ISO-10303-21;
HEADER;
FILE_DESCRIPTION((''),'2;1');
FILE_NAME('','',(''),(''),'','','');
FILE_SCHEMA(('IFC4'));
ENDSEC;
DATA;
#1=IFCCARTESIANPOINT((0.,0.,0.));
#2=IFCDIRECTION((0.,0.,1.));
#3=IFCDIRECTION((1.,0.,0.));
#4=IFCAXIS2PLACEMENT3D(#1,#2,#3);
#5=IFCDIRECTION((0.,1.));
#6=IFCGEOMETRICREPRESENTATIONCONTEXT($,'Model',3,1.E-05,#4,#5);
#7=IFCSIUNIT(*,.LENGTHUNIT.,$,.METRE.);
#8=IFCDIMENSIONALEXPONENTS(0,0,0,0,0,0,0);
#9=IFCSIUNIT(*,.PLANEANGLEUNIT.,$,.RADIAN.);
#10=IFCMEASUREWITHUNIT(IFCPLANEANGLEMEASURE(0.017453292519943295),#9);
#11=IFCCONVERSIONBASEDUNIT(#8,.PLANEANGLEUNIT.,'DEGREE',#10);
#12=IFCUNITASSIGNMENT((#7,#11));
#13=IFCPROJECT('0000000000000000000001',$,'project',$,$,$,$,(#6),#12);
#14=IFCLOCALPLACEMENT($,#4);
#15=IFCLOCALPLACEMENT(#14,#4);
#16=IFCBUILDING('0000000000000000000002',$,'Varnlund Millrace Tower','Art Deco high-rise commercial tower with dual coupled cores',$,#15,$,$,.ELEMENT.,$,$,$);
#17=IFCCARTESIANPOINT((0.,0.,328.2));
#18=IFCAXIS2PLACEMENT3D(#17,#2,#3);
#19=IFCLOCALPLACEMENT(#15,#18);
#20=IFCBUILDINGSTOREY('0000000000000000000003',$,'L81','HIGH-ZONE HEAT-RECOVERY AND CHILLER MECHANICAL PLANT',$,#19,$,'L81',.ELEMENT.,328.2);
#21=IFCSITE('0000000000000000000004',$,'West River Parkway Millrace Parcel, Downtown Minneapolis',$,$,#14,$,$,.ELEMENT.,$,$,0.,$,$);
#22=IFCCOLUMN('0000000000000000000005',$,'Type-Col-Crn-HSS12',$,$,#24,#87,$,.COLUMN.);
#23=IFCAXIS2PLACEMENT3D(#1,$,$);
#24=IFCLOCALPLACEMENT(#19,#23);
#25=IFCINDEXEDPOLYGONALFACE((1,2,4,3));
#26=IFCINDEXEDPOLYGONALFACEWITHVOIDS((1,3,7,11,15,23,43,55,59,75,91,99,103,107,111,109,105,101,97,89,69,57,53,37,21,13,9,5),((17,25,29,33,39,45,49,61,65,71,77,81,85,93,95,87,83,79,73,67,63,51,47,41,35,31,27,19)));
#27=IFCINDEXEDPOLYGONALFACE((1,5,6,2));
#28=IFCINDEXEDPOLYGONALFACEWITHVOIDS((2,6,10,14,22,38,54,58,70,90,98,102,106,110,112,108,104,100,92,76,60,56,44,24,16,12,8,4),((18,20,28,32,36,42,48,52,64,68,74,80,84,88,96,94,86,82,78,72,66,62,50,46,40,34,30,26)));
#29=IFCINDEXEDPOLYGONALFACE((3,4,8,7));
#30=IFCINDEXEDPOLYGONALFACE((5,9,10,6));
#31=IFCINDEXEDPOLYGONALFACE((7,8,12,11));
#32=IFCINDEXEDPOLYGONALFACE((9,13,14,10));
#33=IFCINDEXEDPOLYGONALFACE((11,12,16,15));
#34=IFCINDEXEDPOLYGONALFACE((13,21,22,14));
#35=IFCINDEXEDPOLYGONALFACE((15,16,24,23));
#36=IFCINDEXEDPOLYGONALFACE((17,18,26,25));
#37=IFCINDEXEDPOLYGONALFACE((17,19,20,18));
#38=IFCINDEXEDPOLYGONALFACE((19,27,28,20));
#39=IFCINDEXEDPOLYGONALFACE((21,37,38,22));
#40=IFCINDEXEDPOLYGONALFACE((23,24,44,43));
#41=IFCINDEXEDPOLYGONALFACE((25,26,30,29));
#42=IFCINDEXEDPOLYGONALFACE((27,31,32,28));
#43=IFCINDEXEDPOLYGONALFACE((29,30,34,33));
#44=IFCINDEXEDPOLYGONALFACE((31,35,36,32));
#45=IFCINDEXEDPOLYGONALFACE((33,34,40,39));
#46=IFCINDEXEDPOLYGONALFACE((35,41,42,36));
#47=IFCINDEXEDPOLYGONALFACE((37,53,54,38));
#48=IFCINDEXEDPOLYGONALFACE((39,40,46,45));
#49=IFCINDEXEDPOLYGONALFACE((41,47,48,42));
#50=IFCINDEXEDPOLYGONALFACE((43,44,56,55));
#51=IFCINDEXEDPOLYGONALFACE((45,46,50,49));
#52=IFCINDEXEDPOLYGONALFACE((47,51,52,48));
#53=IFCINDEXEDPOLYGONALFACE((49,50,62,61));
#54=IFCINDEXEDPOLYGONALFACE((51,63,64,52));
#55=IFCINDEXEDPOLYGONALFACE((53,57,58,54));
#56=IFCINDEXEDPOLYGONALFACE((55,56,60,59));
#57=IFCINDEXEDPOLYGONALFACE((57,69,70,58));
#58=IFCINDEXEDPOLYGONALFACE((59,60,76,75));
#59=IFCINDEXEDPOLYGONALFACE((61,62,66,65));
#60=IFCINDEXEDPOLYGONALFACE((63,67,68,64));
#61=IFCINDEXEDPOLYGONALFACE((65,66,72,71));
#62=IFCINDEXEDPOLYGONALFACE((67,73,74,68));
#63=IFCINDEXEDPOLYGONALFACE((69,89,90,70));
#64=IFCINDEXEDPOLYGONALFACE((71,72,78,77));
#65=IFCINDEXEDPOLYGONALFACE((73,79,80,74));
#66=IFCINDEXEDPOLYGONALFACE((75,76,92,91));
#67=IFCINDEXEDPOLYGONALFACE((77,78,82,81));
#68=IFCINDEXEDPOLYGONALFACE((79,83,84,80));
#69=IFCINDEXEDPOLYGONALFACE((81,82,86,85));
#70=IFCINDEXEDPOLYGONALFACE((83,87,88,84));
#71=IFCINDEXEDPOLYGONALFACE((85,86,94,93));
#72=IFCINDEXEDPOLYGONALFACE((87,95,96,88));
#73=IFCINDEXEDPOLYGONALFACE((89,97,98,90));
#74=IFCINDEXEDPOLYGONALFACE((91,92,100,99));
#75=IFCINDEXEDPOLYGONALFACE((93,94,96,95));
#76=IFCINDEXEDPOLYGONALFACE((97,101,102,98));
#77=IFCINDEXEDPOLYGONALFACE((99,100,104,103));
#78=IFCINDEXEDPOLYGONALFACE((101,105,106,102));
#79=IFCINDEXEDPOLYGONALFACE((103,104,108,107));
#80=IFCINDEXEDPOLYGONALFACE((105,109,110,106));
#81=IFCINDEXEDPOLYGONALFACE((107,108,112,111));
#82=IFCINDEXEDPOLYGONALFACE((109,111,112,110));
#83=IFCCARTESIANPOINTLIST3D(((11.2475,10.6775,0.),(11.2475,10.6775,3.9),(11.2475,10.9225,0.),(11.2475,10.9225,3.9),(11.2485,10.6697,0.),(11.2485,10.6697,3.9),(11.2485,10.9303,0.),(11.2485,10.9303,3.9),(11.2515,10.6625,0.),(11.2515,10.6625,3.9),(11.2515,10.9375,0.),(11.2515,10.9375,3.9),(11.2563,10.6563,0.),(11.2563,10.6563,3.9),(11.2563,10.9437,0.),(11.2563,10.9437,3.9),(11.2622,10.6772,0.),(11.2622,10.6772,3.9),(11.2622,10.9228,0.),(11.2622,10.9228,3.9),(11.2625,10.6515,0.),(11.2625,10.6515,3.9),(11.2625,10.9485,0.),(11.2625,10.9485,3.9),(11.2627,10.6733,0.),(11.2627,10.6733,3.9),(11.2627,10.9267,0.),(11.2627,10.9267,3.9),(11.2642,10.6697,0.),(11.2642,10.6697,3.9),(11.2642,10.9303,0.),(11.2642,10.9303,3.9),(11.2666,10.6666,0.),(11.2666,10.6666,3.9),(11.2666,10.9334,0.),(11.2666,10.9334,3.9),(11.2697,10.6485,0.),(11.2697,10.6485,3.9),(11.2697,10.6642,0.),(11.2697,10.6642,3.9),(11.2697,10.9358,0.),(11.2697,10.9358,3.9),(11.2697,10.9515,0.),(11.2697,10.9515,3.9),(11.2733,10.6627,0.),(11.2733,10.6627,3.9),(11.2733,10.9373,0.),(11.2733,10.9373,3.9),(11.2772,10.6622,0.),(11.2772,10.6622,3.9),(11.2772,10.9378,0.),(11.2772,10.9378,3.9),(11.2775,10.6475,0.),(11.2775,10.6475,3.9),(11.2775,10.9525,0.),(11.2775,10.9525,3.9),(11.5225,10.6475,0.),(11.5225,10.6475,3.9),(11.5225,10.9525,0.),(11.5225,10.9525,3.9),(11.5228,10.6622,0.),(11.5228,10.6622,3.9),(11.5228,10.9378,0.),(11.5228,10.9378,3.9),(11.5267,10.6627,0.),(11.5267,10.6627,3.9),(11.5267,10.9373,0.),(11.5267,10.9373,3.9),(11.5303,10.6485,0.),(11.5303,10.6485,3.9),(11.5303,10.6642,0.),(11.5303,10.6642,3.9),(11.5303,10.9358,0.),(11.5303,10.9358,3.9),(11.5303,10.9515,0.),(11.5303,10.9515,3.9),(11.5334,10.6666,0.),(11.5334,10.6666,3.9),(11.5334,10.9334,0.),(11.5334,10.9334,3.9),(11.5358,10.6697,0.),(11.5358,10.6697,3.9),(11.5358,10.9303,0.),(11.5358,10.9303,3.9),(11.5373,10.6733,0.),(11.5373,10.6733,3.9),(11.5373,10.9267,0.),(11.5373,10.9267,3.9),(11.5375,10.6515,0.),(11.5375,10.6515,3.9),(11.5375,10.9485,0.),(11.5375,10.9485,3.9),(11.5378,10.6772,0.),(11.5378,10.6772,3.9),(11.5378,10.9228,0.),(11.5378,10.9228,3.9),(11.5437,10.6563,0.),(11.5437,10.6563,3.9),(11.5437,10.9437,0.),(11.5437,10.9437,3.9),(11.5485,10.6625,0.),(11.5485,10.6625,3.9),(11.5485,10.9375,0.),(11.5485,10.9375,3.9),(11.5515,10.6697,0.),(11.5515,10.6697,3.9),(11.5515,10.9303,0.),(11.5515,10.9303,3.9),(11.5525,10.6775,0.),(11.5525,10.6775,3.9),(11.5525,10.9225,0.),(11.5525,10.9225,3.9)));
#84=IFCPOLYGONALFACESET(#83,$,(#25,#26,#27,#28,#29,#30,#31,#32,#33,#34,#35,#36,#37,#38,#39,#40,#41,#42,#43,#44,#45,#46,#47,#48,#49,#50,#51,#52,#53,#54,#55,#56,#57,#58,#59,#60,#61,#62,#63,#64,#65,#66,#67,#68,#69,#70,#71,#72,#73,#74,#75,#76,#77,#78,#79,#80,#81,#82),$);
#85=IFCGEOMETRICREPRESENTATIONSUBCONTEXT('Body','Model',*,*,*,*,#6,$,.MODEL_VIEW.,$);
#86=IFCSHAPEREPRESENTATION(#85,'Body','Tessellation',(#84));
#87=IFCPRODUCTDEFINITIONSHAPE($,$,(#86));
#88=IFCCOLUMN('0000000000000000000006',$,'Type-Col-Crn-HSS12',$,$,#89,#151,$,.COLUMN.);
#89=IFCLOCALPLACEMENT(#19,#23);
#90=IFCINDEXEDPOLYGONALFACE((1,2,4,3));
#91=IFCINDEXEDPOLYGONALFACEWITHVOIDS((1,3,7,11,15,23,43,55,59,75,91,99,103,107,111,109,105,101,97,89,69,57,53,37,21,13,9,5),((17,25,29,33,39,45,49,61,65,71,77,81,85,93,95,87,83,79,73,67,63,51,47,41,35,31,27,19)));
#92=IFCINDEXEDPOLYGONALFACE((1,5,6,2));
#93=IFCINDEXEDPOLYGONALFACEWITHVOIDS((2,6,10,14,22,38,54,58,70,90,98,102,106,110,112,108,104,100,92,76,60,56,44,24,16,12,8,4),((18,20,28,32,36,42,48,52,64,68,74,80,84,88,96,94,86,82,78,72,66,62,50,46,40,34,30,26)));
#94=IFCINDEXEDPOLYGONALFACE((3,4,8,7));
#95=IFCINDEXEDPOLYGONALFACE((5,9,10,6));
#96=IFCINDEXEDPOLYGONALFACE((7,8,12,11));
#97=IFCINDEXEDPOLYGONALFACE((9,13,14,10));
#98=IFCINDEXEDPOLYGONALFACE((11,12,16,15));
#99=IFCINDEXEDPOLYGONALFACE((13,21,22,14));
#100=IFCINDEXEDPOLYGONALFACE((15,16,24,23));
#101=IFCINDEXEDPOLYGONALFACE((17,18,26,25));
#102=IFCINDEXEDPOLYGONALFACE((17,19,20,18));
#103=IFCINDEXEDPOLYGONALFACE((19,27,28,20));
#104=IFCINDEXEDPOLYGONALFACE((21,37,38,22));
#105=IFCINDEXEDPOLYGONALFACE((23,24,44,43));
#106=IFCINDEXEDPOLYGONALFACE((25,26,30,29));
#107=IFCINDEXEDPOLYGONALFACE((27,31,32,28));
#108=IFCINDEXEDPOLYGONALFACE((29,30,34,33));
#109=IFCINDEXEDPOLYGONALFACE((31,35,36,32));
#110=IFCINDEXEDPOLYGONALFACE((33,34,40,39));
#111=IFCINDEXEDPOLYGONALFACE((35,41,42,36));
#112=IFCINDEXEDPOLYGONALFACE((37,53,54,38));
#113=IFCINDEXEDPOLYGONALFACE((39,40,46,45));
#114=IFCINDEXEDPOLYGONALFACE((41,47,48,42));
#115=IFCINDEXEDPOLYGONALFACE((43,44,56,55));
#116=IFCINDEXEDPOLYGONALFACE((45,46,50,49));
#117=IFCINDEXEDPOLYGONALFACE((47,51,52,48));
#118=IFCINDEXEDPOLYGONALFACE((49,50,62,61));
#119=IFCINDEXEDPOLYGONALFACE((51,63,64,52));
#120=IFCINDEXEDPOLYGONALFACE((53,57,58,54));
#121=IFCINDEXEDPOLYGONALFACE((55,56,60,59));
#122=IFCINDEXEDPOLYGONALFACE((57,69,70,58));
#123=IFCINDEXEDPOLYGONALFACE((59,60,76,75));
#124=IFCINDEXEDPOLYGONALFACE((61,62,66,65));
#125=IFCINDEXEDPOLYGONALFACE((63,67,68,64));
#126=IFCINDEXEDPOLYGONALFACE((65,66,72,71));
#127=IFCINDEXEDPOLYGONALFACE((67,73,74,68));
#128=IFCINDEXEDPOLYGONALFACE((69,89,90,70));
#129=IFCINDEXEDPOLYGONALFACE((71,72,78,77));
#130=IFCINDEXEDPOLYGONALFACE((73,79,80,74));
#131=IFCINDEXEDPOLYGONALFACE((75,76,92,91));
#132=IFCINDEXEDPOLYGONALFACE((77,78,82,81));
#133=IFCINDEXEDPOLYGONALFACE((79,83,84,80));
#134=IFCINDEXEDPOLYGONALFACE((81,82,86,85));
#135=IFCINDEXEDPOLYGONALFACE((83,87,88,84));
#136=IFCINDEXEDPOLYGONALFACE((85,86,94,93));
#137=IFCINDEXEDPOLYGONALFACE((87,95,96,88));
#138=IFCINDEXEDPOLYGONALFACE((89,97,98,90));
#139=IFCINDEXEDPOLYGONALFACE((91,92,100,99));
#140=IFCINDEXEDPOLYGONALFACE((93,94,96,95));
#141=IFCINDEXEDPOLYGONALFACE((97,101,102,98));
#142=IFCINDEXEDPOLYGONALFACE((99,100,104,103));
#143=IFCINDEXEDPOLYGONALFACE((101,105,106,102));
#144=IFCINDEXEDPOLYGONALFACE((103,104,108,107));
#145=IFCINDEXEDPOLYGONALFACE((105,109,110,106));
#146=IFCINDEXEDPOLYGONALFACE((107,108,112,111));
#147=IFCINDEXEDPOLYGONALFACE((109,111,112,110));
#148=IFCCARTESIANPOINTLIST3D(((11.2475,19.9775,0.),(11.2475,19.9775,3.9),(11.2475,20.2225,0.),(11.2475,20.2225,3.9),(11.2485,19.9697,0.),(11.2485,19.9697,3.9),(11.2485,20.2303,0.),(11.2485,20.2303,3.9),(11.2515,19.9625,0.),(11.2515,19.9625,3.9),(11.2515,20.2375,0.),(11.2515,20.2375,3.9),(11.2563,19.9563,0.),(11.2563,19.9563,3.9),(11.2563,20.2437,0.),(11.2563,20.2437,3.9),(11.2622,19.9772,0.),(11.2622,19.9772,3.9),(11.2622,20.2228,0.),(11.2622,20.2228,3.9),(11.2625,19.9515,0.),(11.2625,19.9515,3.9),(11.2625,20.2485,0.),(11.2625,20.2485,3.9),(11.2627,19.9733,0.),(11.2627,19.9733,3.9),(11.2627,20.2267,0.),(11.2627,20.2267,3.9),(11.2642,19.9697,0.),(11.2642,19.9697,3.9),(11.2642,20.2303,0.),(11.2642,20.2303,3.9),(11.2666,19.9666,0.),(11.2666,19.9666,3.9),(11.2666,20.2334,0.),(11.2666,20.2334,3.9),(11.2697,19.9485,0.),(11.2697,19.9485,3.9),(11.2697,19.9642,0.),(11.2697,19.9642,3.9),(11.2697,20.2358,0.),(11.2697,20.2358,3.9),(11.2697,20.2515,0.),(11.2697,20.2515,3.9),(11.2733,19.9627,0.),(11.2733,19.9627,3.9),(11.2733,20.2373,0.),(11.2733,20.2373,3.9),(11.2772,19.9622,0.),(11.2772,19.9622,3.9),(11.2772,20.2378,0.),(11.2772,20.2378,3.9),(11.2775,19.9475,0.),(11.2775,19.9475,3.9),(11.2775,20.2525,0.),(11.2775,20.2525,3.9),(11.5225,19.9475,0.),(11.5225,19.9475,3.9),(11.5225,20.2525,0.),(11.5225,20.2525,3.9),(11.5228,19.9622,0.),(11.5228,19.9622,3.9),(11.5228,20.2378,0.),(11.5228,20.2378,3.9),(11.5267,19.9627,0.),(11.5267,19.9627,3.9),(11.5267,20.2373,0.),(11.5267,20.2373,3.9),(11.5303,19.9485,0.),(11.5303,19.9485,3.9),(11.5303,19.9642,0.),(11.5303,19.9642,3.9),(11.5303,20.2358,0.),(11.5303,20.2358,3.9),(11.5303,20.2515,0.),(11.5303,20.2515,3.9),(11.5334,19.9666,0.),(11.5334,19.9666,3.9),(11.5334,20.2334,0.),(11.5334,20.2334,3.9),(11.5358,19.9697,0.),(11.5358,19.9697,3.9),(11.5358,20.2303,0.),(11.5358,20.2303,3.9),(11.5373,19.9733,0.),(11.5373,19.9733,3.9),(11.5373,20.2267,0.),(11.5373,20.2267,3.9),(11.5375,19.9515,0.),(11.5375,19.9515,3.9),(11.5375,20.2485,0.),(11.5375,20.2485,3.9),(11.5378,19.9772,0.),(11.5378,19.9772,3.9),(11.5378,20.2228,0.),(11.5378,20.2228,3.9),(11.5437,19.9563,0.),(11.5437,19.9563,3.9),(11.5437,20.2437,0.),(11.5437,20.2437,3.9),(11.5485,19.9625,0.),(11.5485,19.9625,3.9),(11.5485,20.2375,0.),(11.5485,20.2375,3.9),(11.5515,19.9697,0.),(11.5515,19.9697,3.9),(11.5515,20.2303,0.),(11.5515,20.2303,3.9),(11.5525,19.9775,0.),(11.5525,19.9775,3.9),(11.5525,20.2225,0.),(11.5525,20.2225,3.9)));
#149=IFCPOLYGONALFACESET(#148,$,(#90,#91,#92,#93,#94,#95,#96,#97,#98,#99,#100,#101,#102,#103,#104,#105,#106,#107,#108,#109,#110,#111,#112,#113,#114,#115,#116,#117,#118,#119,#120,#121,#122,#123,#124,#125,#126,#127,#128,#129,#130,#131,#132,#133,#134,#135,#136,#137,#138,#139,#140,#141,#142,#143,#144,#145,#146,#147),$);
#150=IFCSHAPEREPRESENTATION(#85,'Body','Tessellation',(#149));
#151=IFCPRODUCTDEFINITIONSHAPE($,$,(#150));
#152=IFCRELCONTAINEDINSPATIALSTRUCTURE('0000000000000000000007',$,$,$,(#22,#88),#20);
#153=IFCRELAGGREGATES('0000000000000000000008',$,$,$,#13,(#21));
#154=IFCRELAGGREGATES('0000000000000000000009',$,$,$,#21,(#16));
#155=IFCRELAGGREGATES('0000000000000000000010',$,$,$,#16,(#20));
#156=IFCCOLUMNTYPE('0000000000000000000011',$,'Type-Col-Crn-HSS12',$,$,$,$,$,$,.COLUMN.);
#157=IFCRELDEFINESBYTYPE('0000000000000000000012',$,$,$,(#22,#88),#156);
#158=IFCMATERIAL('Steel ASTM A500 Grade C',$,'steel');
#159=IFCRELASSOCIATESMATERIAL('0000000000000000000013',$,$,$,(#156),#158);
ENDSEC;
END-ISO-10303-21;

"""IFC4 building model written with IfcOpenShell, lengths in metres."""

from ifc_helpers import new_model, entity, si_unit, converted_unit, direction, frame, origin_with_axes, origin_2d_with_axis, place, context, subcontext, project, spatial, hollow_rectangle, extrude, material, material_profile, profile_set, type_object, element, save


model = new_model("IFC4")

# Units and contexts
model_context = context("Model", 3, precision=1e-05, world=origin_with_axes(), true_north=direction((0.0, 1.0)))
body_context = subcontext(model_context, "Body", "Model", "MODEL_VIEW")
ifc_project = project(units=[si_unit("LENGTHUNIT", "METRE"), converted_unit("PLANEANGLEUNIT", "DEGREE", entity("IfcPlaneAngleMeasure", 0.017453292519943295), si_unit("PLANEANGLEUNIT", "RADIAN"), dimensions=[0, 0, 0, 0, 0, 0, 0])], contexts=[model_context])

# Site, building, storey
site_placement = place(None, origin_with_axes())
site = spatial("IfcSite", under=ifc_project, at=site_placement, Name="West River Parkway Millrace Parcel, Downtown Minneapolis", CompositionType="ELEMENT", RefElevation=0.0)
building_placement = place(site_placement, origin_with_axes())
building = spatial("IfcBuilding", under=site, at=building_placement, Name="Varnlund Millrace Tower", Description="Art Deco high-rise commercial tower with dual coupled cores", CompositionType="ELEMENT")
storey_placement = place(building_placement, frame((0.0, 0.0, 328.2), z_axis=(0.0, 0.0, 1.0), x_axis=(1.0, 0.0, 0.0)))
storey = spatial("IfcBuildingStorey", under=building, at=storey_placement, Name="L81", Description="HIGH-ZONE HEAT-RECOVERY AND CHILLER MECHANICAL PLANT", LongName="L81", CompositionType="ELEMENT", Elevation=328.2)

# Columns
ifc_material_1 = material(Name="Steel ASTM A500 Grade C", Category="steel")
ifc_material_profile_1 = material_profile(ifc_material_1, hollow_rectangle(XDim=0.305, YDim=0.305, WallThickness=0.0147, InnerFilletRadius=0.015, OuterFilletRadius=0.03, at=origin_2d_with_axis()), Name="Steel ASTM A500 Grade C")
ifc_profile_set_1 = profile_set([ifc_material_profile_1], Name="Steel ASTM A500 Grade C")
column_type = type_object("IfcColumnType", Name="Type-Col-Crn-HSS12", PredefinedType="COLUMN", material=ifc_profile_set_1)
for number, where, z_axis, x_axis, name in (
    (1, (11.4, 10.8, 0.0), (0.0, 0.0, 1.0), (1.0, 0.0, 0.0), "Type-Col-Crn-HSS12"),
    (2, (11.4, 20.1, 0.0), (0.0, 0.0, 1.0), (1.0, 0.0, 0.0), "Type-Col-Crn-HSS12"),
):
    element("IfcColumn", number, at=place(storey_placement, frame(where, z_axis=z_axis, x_axis=x_axis)), inside=storey, type_object=column_type, Name=name, PredefinedType="COLUMN", context=body_context, shape_type="SweptSolid", body=[
        extrude(hollow_rectangle(XDim=0.305, YDim=0.305, WallThickness=0.0147, InnerFilletRadius=0.015, OuterFilletRadius=0.03, at=origin_2d_with_axis()), origin_with_axes(), (0.0, 0.0, 1.0), 3.9),
    ])

save(model, "model.ifc")
